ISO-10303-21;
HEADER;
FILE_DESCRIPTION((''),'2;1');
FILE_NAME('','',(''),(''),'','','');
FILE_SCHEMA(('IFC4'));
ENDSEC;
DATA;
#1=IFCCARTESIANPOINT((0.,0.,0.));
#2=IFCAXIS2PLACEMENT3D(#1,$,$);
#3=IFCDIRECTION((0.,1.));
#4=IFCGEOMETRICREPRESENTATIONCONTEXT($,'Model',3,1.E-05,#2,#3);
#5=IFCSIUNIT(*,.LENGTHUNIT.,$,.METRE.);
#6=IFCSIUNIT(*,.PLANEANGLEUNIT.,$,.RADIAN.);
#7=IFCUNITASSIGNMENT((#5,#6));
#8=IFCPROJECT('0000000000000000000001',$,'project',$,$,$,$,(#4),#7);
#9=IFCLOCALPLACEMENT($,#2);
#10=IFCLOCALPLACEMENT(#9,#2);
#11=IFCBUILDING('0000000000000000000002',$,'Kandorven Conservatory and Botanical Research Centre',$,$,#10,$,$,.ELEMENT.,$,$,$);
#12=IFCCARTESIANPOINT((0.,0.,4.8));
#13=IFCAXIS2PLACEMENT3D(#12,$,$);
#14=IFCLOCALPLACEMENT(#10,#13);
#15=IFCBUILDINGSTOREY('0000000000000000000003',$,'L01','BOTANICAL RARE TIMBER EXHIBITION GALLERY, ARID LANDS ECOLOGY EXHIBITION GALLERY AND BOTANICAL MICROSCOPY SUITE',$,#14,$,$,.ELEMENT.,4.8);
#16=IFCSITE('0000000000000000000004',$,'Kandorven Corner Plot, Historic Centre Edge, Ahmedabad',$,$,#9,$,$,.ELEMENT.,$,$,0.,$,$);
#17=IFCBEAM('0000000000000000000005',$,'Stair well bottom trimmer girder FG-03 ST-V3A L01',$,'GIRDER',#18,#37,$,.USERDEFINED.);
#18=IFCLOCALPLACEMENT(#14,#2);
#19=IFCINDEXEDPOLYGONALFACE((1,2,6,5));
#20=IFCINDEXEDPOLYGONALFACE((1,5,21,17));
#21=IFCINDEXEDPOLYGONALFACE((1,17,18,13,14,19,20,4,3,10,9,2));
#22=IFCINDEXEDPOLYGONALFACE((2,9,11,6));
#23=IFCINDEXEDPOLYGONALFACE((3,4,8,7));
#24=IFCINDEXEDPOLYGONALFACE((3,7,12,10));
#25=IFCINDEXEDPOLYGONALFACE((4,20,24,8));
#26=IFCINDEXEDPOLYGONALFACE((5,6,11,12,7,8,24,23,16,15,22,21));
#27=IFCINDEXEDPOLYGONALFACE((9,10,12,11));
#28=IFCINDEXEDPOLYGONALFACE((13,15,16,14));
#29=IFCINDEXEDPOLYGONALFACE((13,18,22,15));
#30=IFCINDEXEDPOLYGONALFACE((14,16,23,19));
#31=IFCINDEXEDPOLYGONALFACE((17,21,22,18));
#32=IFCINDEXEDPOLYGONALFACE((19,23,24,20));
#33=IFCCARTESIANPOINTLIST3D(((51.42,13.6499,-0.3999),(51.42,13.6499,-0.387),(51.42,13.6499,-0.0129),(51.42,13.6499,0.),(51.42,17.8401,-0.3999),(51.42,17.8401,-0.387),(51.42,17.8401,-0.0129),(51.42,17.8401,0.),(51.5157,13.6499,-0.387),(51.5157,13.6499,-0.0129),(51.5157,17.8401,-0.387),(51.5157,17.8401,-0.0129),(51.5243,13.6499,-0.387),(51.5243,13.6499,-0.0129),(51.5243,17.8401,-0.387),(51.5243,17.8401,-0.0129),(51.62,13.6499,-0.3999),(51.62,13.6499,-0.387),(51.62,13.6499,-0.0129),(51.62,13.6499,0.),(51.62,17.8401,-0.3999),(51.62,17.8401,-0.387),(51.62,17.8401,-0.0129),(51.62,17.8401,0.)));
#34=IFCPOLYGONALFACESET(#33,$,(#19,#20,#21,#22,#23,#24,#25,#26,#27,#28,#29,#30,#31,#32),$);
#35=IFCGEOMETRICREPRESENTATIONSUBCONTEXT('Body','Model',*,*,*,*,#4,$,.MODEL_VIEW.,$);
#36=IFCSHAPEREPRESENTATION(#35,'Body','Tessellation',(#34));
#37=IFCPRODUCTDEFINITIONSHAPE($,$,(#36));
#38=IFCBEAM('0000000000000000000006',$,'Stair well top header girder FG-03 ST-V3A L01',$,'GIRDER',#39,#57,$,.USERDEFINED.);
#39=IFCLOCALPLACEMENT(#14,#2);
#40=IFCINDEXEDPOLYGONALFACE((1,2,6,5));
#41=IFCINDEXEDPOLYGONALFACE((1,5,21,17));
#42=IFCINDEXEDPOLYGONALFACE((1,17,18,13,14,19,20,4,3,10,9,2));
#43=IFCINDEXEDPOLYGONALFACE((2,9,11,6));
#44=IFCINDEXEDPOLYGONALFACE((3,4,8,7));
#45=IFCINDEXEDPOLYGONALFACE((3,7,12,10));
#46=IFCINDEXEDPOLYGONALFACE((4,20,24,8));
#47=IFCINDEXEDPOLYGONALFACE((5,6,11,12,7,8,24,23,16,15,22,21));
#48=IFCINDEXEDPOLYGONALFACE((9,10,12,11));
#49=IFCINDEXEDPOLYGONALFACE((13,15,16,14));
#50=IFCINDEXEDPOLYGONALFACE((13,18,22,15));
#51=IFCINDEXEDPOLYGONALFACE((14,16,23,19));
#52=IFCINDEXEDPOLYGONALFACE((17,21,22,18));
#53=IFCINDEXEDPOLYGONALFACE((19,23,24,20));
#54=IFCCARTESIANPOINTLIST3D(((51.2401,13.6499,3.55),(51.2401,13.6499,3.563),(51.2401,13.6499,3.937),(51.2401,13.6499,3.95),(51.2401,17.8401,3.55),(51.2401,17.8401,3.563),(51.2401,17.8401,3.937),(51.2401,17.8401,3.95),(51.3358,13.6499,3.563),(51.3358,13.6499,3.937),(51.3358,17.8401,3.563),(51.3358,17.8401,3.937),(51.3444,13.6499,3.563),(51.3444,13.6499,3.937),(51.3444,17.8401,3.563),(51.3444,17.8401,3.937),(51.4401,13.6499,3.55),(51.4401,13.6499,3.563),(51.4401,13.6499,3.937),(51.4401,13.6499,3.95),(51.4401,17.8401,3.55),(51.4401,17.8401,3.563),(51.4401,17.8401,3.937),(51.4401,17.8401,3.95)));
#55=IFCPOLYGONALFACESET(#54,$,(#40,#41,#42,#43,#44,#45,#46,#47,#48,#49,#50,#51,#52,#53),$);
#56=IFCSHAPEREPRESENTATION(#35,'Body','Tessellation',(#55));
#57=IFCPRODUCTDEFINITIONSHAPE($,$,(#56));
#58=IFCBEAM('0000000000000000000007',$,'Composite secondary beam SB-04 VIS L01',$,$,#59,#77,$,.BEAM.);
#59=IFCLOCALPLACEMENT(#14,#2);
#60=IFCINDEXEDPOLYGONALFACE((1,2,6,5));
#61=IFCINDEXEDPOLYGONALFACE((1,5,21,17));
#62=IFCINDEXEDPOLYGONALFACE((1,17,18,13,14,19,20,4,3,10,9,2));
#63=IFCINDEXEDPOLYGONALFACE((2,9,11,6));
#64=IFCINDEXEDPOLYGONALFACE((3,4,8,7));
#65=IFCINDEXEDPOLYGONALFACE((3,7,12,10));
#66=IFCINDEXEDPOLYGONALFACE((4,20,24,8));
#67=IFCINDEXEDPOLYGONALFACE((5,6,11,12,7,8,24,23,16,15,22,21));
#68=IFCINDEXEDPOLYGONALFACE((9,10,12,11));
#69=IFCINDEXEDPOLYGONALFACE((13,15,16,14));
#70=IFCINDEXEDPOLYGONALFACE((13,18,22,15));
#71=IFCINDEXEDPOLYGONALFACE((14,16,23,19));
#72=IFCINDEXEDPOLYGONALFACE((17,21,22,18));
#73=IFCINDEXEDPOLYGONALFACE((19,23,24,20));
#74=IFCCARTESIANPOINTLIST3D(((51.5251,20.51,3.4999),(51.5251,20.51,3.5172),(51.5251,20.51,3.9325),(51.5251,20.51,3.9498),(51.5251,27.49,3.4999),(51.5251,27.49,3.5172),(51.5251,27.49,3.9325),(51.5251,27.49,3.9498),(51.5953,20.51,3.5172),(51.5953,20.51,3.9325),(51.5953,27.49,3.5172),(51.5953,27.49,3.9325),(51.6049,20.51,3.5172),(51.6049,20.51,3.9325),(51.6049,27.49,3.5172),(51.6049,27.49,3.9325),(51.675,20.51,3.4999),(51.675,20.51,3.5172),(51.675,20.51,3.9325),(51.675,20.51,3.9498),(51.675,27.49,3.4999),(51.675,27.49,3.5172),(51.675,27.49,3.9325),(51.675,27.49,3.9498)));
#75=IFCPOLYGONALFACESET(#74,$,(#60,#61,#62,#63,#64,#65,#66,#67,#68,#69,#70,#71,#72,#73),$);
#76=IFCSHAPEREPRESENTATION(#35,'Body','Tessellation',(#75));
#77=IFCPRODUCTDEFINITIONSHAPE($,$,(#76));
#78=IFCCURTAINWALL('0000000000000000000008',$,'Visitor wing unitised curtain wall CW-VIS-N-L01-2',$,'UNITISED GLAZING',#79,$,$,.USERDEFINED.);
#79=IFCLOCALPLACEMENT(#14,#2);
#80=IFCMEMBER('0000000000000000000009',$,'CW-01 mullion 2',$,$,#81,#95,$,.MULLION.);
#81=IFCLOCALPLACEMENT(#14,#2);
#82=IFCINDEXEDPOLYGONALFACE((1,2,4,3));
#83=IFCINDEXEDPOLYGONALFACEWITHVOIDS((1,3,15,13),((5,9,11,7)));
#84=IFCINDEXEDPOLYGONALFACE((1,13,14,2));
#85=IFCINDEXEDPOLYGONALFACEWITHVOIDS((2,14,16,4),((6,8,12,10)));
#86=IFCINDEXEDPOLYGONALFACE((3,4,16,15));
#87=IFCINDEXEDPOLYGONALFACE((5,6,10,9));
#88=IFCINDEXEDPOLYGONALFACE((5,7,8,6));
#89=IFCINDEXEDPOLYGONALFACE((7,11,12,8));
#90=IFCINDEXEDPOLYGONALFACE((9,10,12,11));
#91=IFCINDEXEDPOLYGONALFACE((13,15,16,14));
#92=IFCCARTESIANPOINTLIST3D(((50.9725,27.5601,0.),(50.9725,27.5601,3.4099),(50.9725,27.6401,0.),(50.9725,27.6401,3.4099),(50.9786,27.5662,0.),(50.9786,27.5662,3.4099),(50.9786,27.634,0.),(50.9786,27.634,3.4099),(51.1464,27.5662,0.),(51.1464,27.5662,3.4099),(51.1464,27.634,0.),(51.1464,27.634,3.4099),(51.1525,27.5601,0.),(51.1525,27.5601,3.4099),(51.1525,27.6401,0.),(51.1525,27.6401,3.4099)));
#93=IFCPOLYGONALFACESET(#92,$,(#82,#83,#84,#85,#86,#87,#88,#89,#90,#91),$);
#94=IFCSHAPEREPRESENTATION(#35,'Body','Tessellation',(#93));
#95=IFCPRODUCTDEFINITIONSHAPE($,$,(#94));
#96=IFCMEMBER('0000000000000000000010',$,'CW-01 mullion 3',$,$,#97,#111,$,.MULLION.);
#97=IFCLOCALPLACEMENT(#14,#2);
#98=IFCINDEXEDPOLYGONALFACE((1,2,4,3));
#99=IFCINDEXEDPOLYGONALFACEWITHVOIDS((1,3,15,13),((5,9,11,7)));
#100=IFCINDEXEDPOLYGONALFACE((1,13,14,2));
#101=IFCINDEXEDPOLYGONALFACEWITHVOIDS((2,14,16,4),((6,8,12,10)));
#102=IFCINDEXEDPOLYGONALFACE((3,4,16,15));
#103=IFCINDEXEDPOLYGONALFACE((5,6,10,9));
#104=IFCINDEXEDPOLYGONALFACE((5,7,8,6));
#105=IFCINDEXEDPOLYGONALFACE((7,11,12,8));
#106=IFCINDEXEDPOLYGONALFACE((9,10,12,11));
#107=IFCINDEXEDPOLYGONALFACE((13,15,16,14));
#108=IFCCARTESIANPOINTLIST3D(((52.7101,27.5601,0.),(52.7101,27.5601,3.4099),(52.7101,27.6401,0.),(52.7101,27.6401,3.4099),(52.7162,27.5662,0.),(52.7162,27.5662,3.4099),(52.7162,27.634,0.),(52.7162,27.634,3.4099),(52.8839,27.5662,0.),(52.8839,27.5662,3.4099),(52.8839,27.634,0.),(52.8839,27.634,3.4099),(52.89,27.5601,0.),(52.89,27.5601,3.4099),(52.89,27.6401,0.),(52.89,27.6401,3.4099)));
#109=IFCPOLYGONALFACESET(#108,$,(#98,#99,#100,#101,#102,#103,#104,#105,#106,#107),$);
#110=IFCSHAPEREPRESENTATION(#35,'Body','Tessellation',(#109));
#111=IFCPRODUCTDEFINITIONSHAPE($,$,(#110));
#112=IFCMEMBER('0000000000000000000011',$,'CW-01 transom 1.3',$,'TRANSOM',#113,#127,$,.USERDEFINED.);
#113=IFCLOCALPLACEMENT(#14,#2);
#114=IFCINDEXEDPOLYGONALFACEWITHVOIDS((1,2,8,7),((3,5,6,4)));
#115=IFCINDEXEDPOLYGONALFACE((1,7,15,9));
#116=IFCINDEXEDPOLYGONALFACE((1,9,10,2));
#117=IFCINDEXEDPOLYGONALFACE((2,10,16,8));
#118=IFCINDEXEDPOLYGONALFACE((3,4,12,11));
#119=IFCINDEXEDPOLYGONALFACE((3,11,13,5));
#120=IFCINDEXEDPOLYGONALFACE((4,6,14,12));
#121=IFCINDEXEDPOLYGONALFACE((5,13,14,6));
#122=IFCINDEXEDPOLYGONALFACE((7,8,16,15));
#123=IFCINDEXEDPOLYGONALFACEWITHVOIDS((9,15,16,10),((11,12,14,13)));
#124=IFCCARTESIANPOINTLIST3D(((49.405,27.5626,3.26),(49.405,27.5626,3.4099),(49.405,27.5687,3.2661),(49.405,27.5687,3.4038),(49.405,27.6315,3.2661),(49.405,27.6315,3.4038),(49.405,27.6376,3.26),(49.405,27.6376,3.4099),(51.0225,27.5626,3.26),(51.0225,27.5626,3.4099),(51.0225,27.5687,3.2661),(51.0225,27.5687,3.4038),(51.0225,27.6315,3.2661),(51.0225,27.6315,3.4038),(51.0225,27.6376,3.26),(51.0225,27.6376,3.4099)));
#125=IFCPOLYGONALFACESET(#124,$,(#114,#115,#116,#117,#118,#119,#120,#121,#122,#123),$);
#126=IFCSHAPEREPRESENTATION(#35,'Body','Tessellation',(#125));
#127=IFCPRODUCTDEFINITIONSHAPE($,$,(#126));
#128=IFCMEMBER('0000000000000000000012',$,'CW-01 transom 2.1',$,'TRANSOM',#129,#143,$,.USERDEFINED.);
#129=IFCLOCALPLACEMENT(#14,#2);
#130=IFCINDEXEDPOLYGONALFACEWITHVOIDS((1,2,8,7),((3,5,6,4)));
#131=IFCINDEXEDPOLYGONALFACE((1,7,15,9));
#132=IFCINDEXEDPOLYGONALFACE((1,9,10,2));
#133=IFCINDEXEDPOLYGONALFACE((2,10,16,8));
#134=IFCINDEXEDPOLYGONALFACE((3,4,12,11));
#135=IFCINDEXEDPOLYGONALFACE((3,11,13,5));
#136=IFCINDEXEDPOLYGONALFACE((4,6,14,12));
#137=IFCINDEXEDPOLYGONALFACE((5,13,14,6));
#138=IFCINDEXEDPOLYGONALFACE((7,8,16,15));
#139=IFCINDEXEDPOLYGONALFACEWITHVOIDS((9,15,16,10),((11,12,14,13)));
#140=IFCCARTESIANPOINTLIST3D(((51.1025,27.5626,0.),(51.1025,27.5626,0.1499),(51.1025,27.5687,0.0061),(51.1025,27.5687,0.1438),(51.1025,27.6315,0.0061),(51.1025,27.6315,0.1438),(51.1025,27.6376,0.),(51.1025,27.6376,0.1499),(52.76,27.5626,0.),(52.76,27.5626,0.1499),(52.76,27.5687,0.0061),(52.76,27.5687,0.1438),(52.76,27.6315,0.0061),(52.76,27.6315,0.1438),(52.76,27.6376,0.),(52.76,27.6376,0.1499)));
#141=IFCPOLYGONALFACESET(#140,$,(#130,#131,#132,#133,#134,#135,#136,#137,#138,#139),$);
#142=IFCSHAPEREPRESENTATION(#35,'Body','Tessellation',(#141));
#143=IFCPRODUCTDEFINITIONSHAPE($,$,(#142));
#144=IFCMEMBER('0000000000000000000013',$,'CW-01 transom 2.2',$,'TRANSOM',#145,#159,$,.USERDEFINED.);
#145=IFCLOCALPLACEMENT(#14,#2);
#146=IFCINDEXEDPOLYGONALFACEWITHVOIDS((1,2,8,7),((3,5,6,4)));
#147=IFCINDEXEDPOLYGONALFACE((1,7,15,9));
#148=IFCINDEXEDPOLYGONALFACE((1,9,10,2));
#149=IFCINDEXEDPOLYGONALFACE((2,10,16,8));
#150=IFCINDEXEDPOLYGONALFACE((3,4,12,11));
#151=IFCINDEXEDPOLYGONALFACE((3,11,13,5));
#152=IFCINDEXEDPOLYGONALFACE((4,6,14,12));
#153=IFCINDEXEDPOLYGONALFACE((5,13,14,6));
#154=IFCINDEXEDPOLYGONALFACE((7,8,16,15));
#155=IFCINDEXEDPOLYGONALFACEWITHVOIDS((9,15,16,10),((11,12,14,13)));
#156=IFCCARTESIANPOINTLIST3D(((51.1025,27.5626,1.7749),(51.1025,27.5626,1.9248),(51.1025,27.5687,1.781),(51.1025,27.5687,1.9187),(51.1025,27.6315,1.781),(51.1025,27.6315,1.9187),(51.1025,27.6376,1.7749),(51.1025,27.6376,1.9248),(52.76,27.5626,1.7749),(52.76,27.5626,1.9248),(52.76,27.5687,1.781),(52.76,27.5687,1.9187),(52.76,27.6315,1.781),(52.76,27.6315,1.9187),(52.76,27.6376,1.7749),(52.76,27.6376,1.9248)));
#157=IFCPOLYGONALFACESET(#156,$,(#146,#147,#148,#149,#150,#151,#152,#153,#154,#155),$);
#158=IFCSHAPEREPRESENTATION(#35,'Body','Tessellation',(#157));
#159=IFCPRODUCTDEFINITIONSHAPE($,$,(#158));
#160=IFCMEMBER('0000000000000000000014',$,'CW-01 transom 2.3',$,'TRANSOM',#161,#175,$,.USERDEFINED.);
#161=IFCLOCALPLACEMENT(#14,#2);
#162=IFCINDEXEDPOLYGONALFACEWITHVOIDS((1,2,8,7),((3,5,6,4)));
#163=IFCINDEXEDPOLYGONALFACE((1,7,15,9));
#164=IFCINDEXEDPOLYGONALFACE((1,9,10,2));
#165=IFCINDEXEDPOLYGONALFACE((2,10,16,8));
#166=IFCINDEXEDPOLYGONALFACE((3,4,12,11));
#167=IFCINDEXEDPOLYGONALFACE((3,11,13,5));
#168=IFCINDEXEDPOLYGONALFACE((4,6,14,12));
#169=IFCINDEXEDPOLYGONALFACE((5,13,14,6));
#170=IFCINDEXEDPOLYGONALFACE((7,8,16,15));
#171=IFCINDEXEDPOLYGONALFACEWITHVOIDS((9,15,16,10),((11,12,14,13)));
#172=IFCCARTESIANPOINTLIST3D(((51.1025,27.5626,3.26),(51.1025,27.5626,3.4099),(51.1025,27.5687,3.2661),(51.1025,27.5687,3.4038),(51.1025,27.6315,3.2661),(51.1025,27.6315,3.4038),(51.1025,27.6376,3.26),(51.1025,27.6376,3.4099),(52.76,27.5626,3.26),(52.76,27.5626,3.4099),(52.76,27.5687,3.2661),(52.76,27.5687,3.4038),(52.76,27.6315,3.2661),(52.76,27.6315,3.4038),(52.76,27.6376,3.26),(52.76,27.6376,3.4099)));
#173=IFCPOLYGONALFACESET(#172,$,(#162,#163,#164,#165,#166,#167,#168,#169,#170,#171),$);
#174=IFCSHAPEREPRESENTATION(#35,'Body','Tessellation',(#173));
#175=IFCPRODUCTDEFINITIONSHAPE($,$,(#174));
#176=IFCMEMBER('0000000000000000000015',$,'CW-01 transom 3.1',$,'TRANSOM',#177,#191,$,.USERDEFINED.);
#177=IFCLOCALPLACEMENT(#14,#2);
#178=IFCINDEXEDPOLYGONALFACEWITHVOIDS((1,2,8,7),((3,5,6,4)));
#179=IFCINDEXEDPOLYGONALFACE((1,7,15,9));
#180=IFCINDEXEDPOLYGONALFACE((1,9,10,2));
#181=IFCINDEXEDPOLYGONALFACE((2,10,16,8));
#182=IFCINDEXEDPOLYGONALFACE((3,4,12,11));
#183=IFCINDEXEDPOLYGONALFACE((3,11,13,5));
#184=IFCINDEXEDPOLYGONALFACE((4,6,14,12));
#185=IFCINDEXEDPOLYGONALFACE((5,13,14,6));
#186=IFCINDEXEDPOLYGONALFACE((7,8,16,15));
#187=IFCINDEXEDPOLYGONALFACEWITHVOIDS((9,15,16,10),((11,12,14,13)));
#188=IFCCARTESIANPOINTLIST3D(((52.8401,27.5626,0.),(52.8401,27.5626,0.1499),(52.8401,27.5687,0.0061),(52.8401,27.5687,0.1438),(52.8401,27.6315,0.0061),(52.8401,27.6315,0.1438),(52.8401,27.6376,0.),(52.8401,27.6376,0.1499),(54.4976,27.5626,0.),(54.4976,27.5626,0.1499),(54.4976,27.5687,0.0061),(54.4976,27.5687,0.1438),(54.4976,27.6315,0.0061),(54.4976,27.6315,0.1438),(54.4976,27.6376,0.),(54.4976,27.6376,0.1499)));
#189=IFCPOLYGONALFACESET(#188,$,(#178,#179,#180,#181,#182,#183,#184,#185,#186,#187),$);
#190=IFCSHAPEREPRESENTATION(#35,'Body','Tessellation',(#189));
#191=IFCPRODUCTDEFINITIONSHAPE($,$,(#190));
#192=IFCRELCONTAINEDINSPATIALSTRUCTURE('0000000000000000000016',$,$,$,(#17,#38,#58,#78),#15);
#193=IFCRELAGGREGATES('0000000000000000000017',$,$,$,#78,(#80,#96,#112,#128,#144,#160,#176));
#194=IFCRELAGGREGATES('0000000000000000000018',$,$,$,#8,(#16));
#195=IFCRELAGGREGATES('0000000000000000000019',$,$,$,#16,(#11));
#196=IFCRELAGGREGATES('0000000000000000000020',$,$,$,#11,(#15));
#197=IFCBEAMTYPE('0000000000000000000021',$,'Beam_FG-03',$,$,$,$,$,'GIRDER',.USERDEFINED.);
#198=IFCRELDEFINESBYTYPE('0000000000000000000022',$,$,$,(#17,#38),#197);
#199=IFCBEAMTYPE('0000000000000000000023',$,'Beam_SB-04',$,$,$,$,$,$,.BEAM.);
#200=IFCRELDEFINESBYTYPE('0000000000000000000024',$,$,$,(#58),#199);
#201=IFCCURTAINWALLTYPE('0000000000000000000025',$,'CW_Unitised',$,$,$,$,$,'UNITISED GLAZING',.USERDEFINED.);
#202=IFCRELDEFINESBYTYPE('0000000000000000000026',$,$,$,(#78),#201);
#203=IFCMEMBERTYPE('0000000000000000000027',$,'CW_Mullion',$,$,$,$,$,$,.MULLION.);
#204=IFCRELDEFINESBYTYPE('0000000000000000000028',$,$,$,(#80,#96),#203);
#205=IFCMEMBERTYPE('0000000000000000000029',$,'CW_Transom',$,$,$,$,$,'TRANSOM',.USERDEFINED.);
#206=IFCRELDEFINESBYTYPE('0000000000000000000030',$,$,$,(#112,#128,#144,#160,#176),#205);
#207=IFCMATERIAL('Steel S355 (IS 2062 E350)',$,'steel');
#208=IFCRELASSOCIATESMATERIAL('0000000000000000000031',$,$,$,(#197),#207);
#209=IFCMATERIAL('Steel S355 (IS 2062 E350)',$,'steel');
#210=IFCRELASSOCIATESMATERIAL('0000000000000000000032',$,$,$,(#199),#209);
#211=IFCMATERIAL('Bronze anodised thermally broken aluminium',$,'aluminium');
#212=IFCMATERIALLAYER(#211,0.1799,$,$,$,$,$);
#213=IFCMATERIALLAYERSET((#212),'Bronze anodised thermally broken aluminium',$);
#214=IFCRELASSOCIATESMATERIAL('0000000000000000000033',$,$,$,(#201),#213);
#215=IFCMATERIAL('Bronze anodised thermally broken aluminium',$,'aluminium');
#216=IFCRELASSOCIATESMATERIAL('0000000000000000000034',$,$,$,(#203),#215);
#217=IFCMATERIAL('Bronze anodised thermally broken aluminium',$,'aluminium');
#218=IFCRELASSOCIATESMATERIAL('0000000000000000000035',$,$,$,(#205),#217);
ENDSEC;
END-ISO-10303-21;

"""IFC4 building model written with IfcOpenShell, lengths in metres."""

from ifc_helpers import new_model, si_unit, direction, frame, origin, origin_2d, place, context, subcontext, project, spatial, hollow_rectangle, i_section, extrude, material, layer, layer_set, material_profile, profile_set, type_object, element, aggregate, save


model = new_model("IFC4")

# Units and contexts
model_context = context("Model", 3, precision=1e-05, world=origin(), true_north=direction((0.0, 1.0)))
body_context = subcontext(model_context, "Body", "Model", "MODEL_VIEW")
ifc_project = project(units=[si_unit("LENGTHUNIT", "METRE"), si_unit("PLANEANGLEUNIT", "RADIAN")], contexts=[model_context])

# Site, building, storey
site_placement = place(None, origin())
site = spatial("IfcSite", under=ifc_project, at=site_placement, Name="Kandorven Corner Plot, Historic Centre Edge, Ahmedabad", CompositionType="ELEMENT", RefElevation=0.0)
building_placement = place(site_placement, origin())
building = spatial("IfcBuilding", under=site, at=building_placement, Name="Kandorven Conservatory and Botanical Research Centre", CompositionType="ELEMENT")
storey_placement = place(building_placement, frame((0.0, 0.0, 4.8)))
storey = spatial("IfcBuildingStorey", under=building, at=storey_placement, Name="L01", Description="BOTANICAL RARE TIMBER EXHIBITION GALLERY, ARID LANDS ECOLOGY EXHIBITION GALLERY AND BOTANICAL MICROSCOPY SUITE", CompositionType="ELEMENT", Elevation=4.8)

# Beams
ifc_material_1 = material(Name="Steel S355 (IS 2062 E350)", Category="steel")
ifc_material_profile_1 = material_profile(ifc_material_1, i_section(OverallWidth=0.2, OverallDepth=0.3999, WebThickness=0.0085, FlangeThickness=0.0129, at=origin_2d()))
ifc_profile_set_1 = profile_set([ifc_material_profile_1], Name="Steel S355 (IS 2062 E350)")
beam_type_1 = type_object("IfcBeamType", Name="Beam_FG-03", ElementType="GIRDER", PredefinedType="USERDEFINED", material=ifc_profile_set_1)
for number, where, z_axis, x_axis, name in (
    (1, (51.52, 13.6499, -0.2), (0.0, 1.0, 0.0), (-1.0, 0.0, 0.0), "Stair well bottom trimmer girder FG-03 ST-V3A L01"),
    (2, (51.3401, 13.6499, 3.75), (0.0, 1.0, 0.0), (-1.0, 0.0, 0.0), "Stair well top header girder FG-03 ST-V3A L01"),
):
    element("IfcBeam", number, at=place(storey_placement, frame(where, z_axis=z_axis, x_axis=x_axis)), inside=storey, type_object=beam_type_1, Name=name, ObjectType="GIRDER", PredefinedType="USERDEFINED", context=body_context, shape_type="SweptSolid", body=[
        extrude(i_section(OverallWidth=0.2, OverallDepth=0.3999, WebThickness=0.0085, FlangeThickness=0.0129, at=origin_2d()), origin(), (0.0, 0.0, 1.0), 4.1902),
    ])
ifc_material_2 = material(Name="Steel S355 (IS 2062 E350)", Category="steel")
ifc_material_profile_2 = material_profile(ifc_material_2, i_section(OverallWidth=0.1499, OverallDepth=0.45, WebThickness=0.0095, FlangeThickness=0.0173, at=origin_2d()))
ifc_profile_set_2 = profile_set([ifc_material_profile_2], Name="Steel S355 (IS 2062 E350)")
beam_type_2 = type_object("IfcBeamType", Name="Beam_SB-04", PredefinedType="BEAM", material=ifc_profile_set_2)
beam_placement = place(storey_placement, frame((51.6001, 20.51, 3.7249), z_axis=(0.0, 1.0, 0.0), x_axis=(-1.0, 0.0, 0.0)))
element("IfcBeam", 3, at=beam_placement, inside=storey, type_object=beam_type_2, Name="Composite secondary beam SB-04 VIS L01", PredefinedType="BEAM", context=body_context, shape_type="SweptSolid", body=[
    extrude(i_section(OverallWidth=0.1499, OverallDepth=0.45, WebThickness=0.0095, FlangeThickness=0.0173, at=origin_2d()), origin(), (0.0, 0.0, 1.0), 6.98),
])

# Curtain wall, members
ifc_material_3 = material(Name="Bronze anodised thermally broken aluminium", Category="aluminium")
ifc_layer_1 = layer(ifc_material_3, 0.1799)
ifc_layer_set_1 = layer_set([ifc_layer_1], Name="Bronze anodised thermally broken aluminium")
curtain_wall_type = type_object("IfcCurtainWallType", Name="CW_Unitised", ElementType="UNITISED GLAZING", PredefinedType="USERDEFINED", material=ifc_layer_set_1)
curtain_wall_placement = place(storey_placement, origin())
curtain_wall = element("IfcCurtainWall", 4, at=curtain_wall_placement, inside=storey, type_object=curtain_wall_type, Name="Visitor wing unitised curtain wall CW-VIS-N-L01-2", ObjectType="UNITISED GLAZING", PredefinedType="USERDEFINED")
ifc_material_4 = material(Name="Bronze anodised thermally broken aluminium", Category="aluminium")
ifc_material_profile_3 = material_profile(ifc_material_4, hollow_rectangle(XDim=0.0801, YDim=0.1799, WallThickness=0.0061, at=origin_2d()))
ifc_profile_set_3 = profile_set([ifc_material_profile_3], Name="Bronze anodised thermally broken aluminium")
member_type_1 = type_object("IfcMemberType", Name="CW_Mullion", PredefinedType="MULLION", material=ifc_profile_set_3)
member_1_placement = place(storey_placement, frame((51.0625, 27.6001, 0.0), z_axis=(0.0, 0.0, 1.0), x_axis=(0.0, 1.0, 0.0)))
member_1 = element("IfcMember", 5, at=member_1_placement, type_object=member_type_1, Name="CW-01 mullion 2", PredefinedType="MULLION", context=body_context, shape_type="SweptSolid", body=[
    extrude(hollow_rectangle(XDim=0.0801, YDim=0.1799, WallThickness=0.0061, at=origin_2d()), origin(), (0.0, 0.0, 1.0), 3.4099),
])
member_2_placement = place(storey_placement, frame((52.8, 27.6001, 0.0), z_axis=(0.0, 0.0, 1.0), x_axis=(0.0, 1.0, 0.0)))
member_2 = element("IfcMember", 6, at=member_2_placement, type_object=member_type_1, Name="CW-01 mullion 3", PredefinedType="MULLION", context=body_context, shape_type="SweptSolid", body=[
    extrude(hollow_rectangle(XDim=0.0801, YDim=0.1799, WallThickness=0.0061, at=origin_2d()), origin(), (0.0, 0.0, 1.0), 3.4099),
])
ifc_material_5 = material(Name="Bronze anodised thermally broken aluminium", Category="aluminium")
ifc_material_profile_4 = material_profile(ifc_material_5, hollow_rectangle(XDim=0.075, YDim=0.1499, WallThickness=0.0061, at=origin_2d()))
ifc_profile_set_4 = profile_set([ifc_material_profile_4], Name="Bronze anodised thermally broken aluminium")
member_type_2 = type_object("IfcMemberType", Name="CW_Transom", ElementType="TRANSOM", PredefinedType="USERDEFINED", material=ifc_profile_set_4)
member_3_placement = place(storey_placement, frame((49.405, 27.6001, 3.335), z_axis=(1.0, 0.0, 0.0), x_axis=(0.0, 1.0, 0.0)))
member_3 = element("IfcMember", 7, at=member_3_placement, type_object=member_type_2, Name="CW-01 transom 1.3", ObjectType="TRANSOM", PredefinedType="USERDEFINED", context=body_context, shape_type="SweptSolid", body=[
    extrude(hollow_rectangle(XDim=0.075, YDim=0.1499, WallThickness=0.0061, at=origin_2d()), origin(), (0.0, 0.0, 1.0), 1.6174),
])
member_4_placement = place(storey_placement, frame((51.1025, 27.6001, 0.075), z_axis=(1.0, 0.0, 0.0), x_axis=(0.0, 1.0, 0.0)))
member_4 = element("IfcMember", 8, at=member_4_placement, type_object=member_type_2, Name="CW-01 transom 2.1", ObjectType="TRANSOM", PredefinedType="USERDEFINED", context=body_context, shape_type="SweptSolid", body=[
    extrude(hollow_rectangle(XDim=0.075, YDim=0.1499, WallThickness=0.0061, at=origin_2d()), origin(), (0.0, 0.0, 1.0), 1.6575),
])
member_5_placement = place(storey_placement, frame((51.1025, 27.6001, 1.8499), z_axis=(1.0, 0.0, 0.0), x_axis=(0.0, 1.0, 0.0)))
member_5 = element("IfcMember", 9, at=member_5_placement, type_object=member_type_2, Name="CW-01 transom 2.2", ObjectType="TRANSOM", PredefinedType="USERDEFINED", context=body_context, shape_type="SweptSolid", body=[
    extrude(hollow_rectangle(XDim=0.075, YDim=0.1499, WallThickness=0.0061, at=origin_2d()), origin(), (0.0, 0.0, 1.0), 1.6575),
])
member_6_placement = place(storey_placement, frame((51.1025, 27.6001, 3.335), z_axis=(1.0, 0.0, 0.0), x_axis=(0.0, 1.0, 0.0)))
member_6 = element("IfcMember", 10, at=member_6_placement, type_object=member_type_2, Name="CW-01 transom 2.3", ObjectType="TRANSOM", PredefinedType="USERDEFINED", context=body_context, shape_type="SweptSolid", body=[
    extrude(hollow_rectangle(XDim=0.075, YDim=0.1499, WallThickness=0.0061, at=origin_2d()), origin(), (0.0, 0.0, 1.0), 1.6575),
])
member_7_placement = place(storey_placement, frame((52.8401, 27.6001, 0.075), z_axis=(1.0, 0.0, 0.0), x_axis=(0.0, 1.0, 0.0)))
member_7 = element("IfcMember", 11, at=member_7_placement, type_object=member_type_2, Name="CW-01 transom 3.1", ObjectType="TRANSOM", PredefinedType="USERDEFINED", context=body_context, shape_type="SweptSolid", body=[
    extrude(hollow_rectangle(XDim=0.075, YDim=0.1499, WallThickness=0.0061, at=origin_2d()), origin(), (0.0, 0.0, 1.0), 1.6575),
])
aggregate(curtain_wall, [member_1, member_2, member_3, member_4, member_5, member_6, member_7])

save(model, "model.ifc")
